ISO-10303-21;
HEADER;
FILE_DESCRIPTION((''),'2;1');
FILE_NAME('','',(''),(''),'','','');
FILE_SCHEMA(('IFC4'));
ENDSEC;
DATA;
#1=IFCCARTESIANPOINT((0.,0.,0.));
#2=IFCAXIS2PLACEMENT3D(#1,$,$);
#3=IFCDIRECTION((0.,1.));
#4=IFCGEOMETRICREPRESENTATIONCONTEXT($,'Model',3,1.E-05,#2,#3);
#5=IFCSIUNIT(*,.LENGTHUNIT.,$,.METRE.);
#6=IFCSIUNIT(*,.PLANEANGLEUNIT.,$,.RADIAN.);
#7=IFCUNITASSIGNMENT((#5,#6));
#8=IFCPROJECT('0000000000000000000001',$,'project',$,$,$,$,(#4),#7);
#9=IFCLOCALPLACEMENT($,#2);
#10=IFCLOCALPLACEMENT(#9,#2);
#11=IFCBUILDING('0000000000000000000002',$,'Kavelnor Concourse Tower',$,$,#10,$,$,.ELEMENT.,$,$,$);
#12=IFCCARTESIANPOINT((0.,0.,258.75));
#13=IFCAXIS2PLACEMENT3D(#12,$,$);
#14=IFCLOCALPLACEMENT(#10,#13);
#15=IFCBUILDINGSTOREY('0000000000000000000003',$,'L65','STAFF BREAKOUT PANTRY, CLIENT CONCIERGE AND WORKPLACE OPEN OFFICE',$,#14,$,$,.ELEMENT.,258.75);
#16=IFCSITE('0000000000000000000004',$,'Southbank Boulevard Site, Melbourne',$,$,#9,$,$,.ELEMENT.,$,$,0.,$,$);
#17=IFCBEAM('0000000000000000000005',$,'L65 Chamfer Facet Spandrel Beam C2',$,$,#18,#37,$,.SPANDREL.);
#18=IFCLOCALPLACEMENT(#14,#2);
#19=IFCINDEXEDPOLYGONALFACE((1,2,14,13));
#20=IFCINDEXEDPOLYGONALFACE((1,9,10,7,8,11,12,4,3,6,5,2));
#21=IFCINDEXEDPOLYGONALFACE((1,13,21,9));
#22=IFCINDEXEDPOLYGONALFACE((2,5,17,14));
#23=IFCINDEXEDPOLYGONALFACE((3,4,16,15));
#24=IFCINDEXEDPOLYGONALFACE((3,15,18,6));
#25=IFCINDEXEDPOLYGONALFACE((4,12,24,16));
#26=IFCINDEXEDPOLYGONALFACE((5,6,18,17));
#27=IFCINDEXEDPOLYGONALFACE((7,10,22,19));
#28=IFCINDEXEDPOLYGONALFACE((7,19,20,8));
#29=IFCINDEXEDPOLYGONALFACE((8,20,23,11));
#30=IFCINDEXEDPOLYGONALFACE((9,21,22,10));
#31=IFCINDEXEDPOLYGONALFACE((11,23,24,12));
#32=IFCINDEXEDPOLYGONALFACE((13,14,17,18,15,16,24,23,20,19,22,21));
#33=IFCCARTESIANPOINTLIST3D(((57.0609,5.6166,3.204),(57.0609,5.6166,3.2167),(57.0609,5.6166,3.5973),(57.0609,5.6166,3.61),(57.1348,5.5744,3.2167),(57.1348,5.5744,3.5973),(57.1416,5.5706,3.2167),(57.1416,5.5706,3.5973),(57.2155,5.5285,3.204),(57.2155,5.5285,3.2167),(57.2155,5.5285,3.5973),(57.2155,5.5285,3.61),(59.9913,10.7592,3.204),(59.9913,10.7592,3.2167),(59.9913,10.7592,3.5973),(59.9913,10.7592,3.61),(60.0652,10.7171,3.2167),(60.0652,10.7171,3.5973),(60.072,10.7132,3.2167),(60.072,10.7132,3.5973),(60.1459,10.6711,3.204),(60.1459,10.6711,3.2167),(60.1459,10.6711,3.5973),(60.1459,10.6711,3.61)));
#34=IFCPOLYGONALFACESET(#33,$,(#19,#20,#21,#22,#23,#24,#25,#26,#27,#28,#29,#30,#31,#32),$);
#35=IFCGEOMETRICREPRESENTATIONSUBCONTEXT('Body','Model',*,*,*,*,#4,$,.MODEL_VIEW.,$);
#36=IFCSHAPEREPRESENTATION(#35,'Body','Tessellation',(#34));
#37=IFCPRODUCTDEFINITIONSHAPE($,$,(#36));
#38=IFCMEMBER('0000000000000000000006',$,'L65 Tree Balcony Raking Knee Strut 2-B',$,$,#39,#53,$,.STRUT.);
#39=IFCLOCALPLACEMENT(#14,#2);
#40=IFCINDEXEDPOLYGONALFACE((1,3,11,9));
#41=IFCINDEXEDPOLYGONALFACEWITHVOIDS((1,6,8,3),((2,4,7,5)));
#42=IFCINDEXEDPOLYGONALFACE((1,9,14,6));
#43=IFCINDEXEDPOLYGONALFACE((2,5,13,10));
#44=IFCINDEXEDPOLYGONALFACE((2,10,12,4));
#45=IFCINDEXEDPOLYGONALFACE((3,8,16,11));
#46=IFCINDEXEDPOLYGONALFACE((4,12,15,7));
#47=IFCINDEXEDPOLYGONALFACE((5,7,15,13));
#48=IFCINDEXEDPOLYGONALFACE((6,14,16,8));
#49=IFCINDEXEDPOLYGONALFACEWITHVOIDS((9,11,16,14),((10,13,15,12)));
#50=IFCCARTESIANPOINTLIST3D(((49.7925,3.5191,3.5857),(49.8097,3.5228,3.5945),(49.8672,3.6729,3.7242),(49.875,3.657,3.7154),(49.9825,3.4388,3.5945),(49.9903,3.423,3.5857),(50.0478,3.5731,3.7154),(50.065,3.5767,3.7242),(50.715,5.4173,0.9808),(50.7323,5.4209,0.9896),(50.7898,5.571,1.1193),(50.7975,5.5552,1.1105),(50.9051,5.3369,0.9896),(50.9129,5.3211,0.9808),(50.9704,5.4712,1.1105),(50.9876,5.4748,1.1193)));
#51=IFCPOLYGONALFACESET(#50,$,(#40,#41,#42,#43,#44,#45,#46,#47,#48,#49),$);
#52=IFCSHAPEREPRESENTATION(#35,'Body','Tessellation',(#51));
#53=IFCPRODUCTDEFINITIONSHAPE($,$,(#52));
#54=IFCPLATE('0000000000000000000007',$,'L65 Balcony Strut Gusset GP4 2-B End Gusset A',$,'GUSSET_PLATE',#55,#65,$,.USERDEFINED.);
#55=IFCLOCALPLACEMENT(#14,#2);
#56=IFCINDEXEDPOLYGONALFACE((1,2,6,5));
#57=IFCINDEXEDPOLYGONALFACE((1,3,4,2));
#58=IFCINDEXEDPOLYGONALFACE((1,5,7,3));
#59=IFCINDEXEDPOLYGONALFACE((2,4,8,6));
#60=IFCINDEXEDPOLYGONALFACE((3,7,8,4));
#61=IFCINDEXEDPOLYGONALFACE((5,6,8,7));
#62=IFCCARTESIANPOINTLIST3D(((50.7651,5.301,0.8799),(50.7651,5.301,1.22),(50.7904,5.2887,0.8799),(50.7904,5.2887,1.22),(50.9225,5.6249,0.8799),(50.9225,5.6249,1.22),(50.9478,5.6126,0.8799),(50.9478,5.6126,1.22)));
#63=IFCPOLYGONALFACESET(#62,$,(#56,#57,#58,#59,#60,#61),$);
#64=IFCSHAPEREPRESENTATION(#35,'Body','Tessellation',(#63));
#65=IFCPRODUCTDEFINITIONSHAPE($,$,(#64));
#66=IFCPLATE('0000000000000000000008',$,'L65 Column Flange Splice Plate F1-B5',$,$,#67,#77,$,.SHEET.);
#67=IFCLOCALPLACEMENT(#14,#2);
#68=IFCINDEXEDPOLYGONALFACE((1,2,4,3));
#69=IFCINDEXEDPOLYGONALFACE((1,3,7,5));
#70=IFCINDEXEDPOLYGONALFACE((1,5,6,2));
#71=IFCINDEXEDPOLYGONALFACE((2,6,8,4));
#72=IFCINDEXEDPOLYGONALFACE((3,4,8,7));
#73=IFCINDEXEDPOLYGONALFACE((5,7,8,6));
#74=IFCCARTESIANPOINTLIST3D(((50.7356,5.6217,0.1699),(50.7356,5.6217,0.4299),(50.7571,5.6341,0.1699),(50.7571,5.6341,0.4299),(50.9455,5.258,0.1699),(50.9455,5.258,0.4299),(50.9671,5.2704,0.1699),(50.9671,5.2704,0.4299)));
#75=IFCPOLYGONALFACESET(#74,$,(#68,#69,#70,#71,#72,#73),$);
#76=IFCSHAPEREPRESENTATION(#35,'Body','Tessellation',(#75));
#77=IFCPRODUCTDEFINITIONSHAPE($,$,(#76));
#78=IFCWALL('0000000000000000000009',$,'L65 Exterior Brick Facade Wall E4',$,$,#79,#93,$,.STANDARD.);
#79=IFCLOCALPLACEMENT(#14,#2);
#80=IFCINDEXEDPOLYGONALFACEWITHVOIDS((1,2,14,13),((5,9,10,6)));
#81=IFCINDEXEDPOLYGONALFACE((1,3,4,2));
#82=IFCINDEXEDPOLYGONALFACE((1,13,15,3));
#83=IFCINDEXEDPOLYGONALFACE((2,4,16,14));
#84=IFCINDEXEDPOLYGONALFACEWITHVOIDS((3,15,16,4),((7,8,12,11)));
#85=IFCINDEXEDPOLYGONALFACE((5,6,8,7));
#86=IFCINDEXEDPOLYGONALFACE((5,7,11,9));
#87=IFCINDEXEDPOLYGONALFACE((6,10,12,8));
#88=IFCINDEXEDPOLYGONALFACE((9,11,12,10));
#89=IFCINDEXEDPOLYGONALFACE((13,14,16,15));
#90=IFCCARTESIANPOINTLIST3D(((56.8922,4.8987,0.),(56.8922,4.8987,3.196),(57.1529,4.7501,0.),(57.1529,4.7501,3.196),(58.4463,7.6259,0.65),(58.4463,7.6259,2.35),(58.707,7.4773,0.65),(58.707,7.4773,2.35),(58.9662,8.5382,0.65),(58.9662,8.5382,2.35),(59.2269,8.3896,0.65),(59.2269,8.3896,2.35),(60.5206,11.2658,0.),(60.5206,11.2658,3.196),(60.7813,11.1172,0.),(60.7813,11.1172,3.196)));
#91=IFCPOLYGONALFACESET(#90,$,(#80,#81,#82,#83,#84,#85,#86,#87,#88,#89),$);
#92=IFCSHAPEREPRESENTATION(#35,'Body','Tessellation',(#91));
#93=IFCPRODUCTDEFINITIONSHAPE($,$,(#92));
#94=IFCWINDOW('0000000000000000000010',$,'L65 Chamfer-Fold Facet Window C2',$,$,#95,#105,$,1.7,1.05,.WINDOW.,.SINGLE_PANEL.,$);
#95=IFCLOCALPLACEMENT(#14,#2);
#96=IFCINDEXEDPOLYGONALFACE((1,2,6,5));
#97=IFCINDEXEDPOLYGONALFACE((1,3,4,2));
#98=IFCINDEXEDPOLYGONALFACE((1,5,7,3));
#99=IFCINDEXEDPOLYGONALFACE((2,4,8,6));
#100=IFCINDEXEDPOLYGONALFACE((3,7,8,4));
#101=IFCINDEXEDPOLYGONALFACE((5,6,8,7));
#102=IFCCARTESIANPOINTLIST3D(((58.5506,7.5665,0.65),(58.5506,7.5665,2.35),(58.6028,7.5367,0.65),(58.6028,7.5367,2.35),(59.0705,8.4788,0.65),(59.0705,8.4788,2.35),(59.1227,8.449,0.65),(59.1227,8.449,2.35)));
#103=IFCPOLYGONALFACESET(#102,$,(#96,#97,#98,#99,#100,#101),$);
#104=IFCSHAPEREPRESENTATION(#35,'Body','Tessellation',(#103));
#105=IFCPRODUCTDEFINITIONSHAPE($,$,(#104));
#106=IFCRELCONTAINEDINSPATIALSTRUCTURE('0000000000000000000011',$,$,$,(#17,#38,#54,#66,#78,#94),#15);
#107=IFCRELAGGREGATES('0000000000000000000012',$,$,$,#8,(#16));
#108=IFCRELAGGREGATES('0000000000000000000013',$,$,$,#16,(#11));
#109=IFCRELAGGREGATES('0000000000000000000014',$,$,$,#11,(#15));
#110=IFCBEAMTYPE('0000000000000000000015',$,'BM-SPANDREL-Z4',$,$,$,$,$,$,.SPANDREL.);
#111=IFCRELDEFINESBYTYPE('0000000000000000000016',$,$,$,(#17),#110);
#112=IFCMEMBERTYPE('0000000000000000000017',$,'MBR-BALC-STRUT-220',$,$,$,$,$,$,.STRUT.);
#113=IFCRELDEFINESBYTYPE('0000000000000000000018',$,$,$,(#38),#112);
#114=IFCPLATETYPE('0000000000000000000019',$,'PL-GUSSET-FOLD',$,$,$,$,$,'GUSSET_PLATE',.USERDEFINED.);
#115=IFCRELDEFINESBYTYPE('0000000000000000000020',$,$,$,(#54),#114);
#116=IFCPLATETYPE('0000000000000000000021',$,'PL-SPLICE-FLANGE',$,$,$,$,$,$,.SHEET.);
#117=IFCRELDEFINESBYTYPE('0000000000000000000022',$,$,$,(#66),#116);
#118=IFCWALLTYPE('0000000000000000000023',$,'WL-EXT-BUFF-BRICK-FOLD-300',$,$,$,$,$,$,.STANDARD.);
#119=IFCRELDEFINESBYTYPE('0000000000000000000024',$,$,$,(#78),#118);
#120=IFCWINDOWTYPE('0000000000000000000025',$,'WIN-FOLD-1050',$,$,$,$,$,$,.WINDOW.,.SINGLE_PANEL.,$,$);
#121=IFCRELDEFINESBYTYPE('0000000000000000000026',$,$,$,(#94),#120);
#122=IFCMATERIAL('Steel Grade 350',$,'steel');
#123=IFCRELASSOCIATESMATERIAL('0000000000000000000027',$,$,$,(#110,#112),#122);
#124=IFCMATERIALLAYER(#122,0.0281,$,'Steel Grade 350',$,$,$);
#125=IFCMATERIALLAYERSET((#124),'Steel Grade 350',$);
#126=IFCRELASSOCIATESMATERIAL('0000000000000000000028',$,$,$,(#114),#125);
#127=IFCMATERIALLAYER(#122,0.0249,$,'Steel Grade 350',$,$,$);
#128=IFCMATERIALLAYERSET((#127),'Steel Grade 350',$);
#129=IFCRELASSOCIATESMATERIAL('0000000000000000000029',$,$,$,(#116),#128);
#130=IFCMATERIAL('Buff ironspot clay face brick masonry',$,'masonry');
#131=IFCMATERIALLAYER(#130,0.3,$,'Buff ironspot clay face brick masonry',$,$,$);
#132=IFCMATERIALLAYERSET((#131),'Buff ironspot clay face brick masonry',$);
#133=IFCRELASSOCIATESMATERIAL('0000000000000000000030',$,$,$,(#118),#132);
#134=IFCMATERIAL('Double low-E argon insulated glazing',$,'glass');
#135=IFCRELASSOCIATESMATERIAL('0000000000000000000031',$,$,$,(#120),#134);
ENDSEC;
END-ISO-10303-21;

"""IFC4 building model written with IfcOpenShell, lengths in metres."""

from ifc_helpers import new_model, si_unit, direction, frame, frame_2d, origin, origin_2d, place, context, subcontext, project, spatial, rectangle, hollow_rectangle, i_section, extrude, material, layer, layer_set, material_profile, profile_set, type_object, element, fill, save


model = new_model("IFC4")

# Units and contexts
model_context = context("Model", 3, precision=1e-05, world=origin(), true_north=direction((0.0, 1.0)))
body_context = subcontext(model_context, "Body", "Model", "MODEL_VIEW")
ifc_project = project(units=[si_unit("LENGTHUNIT", "METRE"), si_unit("PLANEANGLEUNIT", "RADIAN")], contexts=[model_context])

# Site, building, storey
site_placement = place(None, origin())
site = spatial("IfcSite", under=ifc_project, at=site_placement, Name="Southbank Boulevard Site, Melbourne", CompositionType="ELEMENT", RefElevation=0.0)
building_placement = place(site_placement, origin())
building = spatial("IfcBuilding", under=site, at=building_placement, Name="Kavelnor Concourse Tower", CompositionType="ELEMENT")
storey_placement = place(building_placement, frame((0.0, 0.0, 258.75)))
storey = spatial("IfcBuildingStorey", under=building, at=storey_placement, Name="L65", Description="STAFF BREAKOUT PANTRY, CLIENT CONCIERGE AND WORKPLACE OPEN OFFICE", CompositionType="ELEMENT", Elevation=258.75)

# Shared definitions
ifc_material_1 = material(Name="Steel Grade 350", Category="steel")

# Beam
ifc_material_profile_1 = material_profile(ifc_material_1, i_section(OverallWidth=0.178, OverallDepth=0.406, WebThickness=0.0078, FlangeThickness=0.0127, at=origin_2d()), Name="410UB59")
ifc_profile_set_1 = profile_set([ifc_material_profile_1], Name="Steel Grade 350")
beam_type_1 = type_object("IfcBeamType", Name="BM-SPANDREL-Z4", PredefinedType="SPANDREL", material=ifc_profile_set_1)
beam_1_placement = place(storey_placement, frame((57.1382, 5.5725, 3.407), z_axis=(0.495095, 0.868839, 0.0), x_axis=(-0.868839, 0.495095, 0.0)))
element("IfcBeam", 1, at=beam_1_placement, inside=storey, type_object=beam_type_1, Name="L65 Chamfer Facet Spandrel Beam C2", PredefinedType="SPANDREL", context=body_context, shape_type="SweptSolid", body=[
    extrude(i_section(OverallWidth=0.178, OverallDepth=0.406, WebThickness=0.0078, FlangeThickness=0.0127, at=origin_2d()), origin(), (0.0, 0.0, 1.0), 5.9189),
])

# Member
ifc_material_profile_2 = material_profile(ifc_material_1, hollow_rectangle(XDim=0.22, YDim=0.22, WallThickness=0.0139, at=origin_2d()), Name="SHS 220x220x14")
ifc_profile_set_2 = profile_set([ifc_material_profile_2], Name="Steel Grade 350")
member_type = type_object("IfcMemberType", Name="MBR-BALC-STRUT-220", PredefinedType="STRUT", material=ifc_profile_set_2)
member_placement = place(storey_placement, frame((50.8513, 5.446, 1.05), z_axis=(-0.275187, -0.566177, 0.776991), x_axis=(0.899391, -0.437145, 0.0)))
element("IfcMember", 2, at=member_placement, inside=storey, type_object=member_type, Name="L65 Tree Balcony Raking Knee Strut 2-B", PredefinedType="STRUT", context=body_context, shape_type="SweptSolid", body=[
    extrude(hollow_rectangle(XDim=0.22, YDim=0.22, WallThickness=0.0139, at=origin_2d()), origin(), (0.0, 0.0, 1.0), 3.3525),
])

# Plates
ifc_layer_1 = layer(ifc_material_1, 0.0281, Name="Steel Grade 350")
ifc_layer_set_1 = layer_set([ifc_layer_1], Name="Steel Grade 350")
plate_type_1 = type_object("IfcPlateType", Name="PL-GUSSET-FOLD", ElementType="GUSSET_PLATE", PredefinedType="USERDEFINED", material=ifc_layer_set_1)
plate_1_placement = place(storey_placement, frame((50.8564, 5.4568, 0.8799), z_axis=(0.0, 0.0, 1.0), x_axis=(-0.437116, -0.899405, 0.0)))
element("IfcPlate", 3, at=plate_1_placement, inside=storey, type_object=plate_type_1, Name="L65 Balcony Strut Gusset GP4 2-B End Gusset A", ObjectType="GUSSET_PLATE", PredefinedType="USERDEFINED", context=body_context, shape_type="SweptSolid", body=[
    extrude(rectangle(XDim=0.3601, YDim=0.0281, at=origin_2d()), origin(), (0.0, 0.0, 1.0), 0.3401),
])
ifc_layer_2 = layer(ifc_material_1, 0.0249, Name="Steel Grade 350")
ifc_layer_set_2 = layer_set([ifc_layer_2], Name="Steel Grade 350")
plate_type_2 = type_object("IfcPlateType", Name="PL-SPLICE-FLANGE", PredefinedType="SHEET", material=ifc_layer_set_2)
plate_2_placement = place(storey_placement, frame((50.8513, 5.446, 0.1699), z_axis=(0.0, 0.0, 1.0), x_axis=(-0.5, 0.866025, 0.0)))
element("IfcPlate", 4, at=plate_2_placement, inside=storey, type_object=plate_type_2, Name="L65 Column Flange Splice Plate F1-B5", PredefinedType="SHEET", context=body_context, shape_type="SweptSolid", body=[
    extrude(rectangle(XDim=0.4199, YDim=0.0249, at=origin_2d()), origin(), (0.0, 0.0, 1.0), 0.26),
])

# Wall, opening, window
ifc_material_2 = material(Name="Buff ironspot clay face brick masonry", Category="masonry")
ifc_layer_3 = layer(ifc_material_2, 0.3, Name="Buff ironspot clay face brick masonry")
ifc_layer_set_3 = layer_set([ifc_layer_3], Name="Buff ironspot clay face brick masonry")
wall_type_1 = type_object("IfcWallType", Name="WL-EXT-BUFF-BRICK-FOLD-300", PredefinedType="STANDARD", material=ifc_layer_set_3)
wall_1_placement = place(storey_placement, frame((60.6509, 11.1914, 0.0), z_axis=(0.0, 0.0, 1.0), x_axis=(-0.495113, -0.868829, 0.0)))
wall_1 = element("IfcWall", 5, at=wall_1_placement, inside=storey, type_object=wall_type_1, Name="L65 Exterior Brick Facade Wall E4", PredefinedType="STANDARD", context=body_context, shape_type="SweptSolid", body=[
    extrude(rectangle(XDim=7.3284, YDim=0.3, at=frame_2d((3.6641, 0.0))), origin(), (0.0, 0.0, 1.0), 3.196),
])
opening_1_placement = place(wall_1_placement, frame((3.1394, 0.0, 0.6499)))
opening_1 = element("IfcOpeningElement", 6, at=opening_1_placement, cuts=wall_1, PredefinedType="OPENING", context=body_context, shape_type="SweptSolid", body=[
    extrude(rectangle(XDim=1.05, YDim=1.7, at=frame_2d((0.5249, 0.8501))), frame((0.0, 0.1602, 0.0), z_axis=(0.0, -1.0, 0.0), x_axis=(1.0, 0.0, 0.0)), (0.0, 0.0, 1.0), 0.3201),
])
ifc_material_3 = material(Name="Double low-E argon insulated glazing", Category="glass")
window_type_1 = type_object("IfcWindowType", Name="WIN-FOLD-1050", PartitioningType="SINGLE_PANEL", PredefinedType="WINDOW", material=ifc_material_3)
window_1_placement = place(opening_1_placement, origin())
window_1 = element("IfcWindow", 7, at=window_1_placement, inside=storey, type_object=window_type_1, Name="L65 Chamfer-Fold Facet Window C2", OverallHeight=1.7, OverallWidth=1.05, PartitioningType="SINGLE_PANEL", PredefinedType="WINDOW", context=body_context, shape_type="SweptSolid", body=[
    extrude(rectangle(XDim=1.05, YDim=1.7, at=frame_2d((0.5249, 0.8501))), frame((0.0, 0.03, 0.0), z_axis=(0.0, -1.0, 0.0), x_axis=(1.0, 0.0, 0.0)), (0.0, 0.0, 1.0), 0.0601),
])
fill(opening_1, window_1)

save(model, "model.ifc")
